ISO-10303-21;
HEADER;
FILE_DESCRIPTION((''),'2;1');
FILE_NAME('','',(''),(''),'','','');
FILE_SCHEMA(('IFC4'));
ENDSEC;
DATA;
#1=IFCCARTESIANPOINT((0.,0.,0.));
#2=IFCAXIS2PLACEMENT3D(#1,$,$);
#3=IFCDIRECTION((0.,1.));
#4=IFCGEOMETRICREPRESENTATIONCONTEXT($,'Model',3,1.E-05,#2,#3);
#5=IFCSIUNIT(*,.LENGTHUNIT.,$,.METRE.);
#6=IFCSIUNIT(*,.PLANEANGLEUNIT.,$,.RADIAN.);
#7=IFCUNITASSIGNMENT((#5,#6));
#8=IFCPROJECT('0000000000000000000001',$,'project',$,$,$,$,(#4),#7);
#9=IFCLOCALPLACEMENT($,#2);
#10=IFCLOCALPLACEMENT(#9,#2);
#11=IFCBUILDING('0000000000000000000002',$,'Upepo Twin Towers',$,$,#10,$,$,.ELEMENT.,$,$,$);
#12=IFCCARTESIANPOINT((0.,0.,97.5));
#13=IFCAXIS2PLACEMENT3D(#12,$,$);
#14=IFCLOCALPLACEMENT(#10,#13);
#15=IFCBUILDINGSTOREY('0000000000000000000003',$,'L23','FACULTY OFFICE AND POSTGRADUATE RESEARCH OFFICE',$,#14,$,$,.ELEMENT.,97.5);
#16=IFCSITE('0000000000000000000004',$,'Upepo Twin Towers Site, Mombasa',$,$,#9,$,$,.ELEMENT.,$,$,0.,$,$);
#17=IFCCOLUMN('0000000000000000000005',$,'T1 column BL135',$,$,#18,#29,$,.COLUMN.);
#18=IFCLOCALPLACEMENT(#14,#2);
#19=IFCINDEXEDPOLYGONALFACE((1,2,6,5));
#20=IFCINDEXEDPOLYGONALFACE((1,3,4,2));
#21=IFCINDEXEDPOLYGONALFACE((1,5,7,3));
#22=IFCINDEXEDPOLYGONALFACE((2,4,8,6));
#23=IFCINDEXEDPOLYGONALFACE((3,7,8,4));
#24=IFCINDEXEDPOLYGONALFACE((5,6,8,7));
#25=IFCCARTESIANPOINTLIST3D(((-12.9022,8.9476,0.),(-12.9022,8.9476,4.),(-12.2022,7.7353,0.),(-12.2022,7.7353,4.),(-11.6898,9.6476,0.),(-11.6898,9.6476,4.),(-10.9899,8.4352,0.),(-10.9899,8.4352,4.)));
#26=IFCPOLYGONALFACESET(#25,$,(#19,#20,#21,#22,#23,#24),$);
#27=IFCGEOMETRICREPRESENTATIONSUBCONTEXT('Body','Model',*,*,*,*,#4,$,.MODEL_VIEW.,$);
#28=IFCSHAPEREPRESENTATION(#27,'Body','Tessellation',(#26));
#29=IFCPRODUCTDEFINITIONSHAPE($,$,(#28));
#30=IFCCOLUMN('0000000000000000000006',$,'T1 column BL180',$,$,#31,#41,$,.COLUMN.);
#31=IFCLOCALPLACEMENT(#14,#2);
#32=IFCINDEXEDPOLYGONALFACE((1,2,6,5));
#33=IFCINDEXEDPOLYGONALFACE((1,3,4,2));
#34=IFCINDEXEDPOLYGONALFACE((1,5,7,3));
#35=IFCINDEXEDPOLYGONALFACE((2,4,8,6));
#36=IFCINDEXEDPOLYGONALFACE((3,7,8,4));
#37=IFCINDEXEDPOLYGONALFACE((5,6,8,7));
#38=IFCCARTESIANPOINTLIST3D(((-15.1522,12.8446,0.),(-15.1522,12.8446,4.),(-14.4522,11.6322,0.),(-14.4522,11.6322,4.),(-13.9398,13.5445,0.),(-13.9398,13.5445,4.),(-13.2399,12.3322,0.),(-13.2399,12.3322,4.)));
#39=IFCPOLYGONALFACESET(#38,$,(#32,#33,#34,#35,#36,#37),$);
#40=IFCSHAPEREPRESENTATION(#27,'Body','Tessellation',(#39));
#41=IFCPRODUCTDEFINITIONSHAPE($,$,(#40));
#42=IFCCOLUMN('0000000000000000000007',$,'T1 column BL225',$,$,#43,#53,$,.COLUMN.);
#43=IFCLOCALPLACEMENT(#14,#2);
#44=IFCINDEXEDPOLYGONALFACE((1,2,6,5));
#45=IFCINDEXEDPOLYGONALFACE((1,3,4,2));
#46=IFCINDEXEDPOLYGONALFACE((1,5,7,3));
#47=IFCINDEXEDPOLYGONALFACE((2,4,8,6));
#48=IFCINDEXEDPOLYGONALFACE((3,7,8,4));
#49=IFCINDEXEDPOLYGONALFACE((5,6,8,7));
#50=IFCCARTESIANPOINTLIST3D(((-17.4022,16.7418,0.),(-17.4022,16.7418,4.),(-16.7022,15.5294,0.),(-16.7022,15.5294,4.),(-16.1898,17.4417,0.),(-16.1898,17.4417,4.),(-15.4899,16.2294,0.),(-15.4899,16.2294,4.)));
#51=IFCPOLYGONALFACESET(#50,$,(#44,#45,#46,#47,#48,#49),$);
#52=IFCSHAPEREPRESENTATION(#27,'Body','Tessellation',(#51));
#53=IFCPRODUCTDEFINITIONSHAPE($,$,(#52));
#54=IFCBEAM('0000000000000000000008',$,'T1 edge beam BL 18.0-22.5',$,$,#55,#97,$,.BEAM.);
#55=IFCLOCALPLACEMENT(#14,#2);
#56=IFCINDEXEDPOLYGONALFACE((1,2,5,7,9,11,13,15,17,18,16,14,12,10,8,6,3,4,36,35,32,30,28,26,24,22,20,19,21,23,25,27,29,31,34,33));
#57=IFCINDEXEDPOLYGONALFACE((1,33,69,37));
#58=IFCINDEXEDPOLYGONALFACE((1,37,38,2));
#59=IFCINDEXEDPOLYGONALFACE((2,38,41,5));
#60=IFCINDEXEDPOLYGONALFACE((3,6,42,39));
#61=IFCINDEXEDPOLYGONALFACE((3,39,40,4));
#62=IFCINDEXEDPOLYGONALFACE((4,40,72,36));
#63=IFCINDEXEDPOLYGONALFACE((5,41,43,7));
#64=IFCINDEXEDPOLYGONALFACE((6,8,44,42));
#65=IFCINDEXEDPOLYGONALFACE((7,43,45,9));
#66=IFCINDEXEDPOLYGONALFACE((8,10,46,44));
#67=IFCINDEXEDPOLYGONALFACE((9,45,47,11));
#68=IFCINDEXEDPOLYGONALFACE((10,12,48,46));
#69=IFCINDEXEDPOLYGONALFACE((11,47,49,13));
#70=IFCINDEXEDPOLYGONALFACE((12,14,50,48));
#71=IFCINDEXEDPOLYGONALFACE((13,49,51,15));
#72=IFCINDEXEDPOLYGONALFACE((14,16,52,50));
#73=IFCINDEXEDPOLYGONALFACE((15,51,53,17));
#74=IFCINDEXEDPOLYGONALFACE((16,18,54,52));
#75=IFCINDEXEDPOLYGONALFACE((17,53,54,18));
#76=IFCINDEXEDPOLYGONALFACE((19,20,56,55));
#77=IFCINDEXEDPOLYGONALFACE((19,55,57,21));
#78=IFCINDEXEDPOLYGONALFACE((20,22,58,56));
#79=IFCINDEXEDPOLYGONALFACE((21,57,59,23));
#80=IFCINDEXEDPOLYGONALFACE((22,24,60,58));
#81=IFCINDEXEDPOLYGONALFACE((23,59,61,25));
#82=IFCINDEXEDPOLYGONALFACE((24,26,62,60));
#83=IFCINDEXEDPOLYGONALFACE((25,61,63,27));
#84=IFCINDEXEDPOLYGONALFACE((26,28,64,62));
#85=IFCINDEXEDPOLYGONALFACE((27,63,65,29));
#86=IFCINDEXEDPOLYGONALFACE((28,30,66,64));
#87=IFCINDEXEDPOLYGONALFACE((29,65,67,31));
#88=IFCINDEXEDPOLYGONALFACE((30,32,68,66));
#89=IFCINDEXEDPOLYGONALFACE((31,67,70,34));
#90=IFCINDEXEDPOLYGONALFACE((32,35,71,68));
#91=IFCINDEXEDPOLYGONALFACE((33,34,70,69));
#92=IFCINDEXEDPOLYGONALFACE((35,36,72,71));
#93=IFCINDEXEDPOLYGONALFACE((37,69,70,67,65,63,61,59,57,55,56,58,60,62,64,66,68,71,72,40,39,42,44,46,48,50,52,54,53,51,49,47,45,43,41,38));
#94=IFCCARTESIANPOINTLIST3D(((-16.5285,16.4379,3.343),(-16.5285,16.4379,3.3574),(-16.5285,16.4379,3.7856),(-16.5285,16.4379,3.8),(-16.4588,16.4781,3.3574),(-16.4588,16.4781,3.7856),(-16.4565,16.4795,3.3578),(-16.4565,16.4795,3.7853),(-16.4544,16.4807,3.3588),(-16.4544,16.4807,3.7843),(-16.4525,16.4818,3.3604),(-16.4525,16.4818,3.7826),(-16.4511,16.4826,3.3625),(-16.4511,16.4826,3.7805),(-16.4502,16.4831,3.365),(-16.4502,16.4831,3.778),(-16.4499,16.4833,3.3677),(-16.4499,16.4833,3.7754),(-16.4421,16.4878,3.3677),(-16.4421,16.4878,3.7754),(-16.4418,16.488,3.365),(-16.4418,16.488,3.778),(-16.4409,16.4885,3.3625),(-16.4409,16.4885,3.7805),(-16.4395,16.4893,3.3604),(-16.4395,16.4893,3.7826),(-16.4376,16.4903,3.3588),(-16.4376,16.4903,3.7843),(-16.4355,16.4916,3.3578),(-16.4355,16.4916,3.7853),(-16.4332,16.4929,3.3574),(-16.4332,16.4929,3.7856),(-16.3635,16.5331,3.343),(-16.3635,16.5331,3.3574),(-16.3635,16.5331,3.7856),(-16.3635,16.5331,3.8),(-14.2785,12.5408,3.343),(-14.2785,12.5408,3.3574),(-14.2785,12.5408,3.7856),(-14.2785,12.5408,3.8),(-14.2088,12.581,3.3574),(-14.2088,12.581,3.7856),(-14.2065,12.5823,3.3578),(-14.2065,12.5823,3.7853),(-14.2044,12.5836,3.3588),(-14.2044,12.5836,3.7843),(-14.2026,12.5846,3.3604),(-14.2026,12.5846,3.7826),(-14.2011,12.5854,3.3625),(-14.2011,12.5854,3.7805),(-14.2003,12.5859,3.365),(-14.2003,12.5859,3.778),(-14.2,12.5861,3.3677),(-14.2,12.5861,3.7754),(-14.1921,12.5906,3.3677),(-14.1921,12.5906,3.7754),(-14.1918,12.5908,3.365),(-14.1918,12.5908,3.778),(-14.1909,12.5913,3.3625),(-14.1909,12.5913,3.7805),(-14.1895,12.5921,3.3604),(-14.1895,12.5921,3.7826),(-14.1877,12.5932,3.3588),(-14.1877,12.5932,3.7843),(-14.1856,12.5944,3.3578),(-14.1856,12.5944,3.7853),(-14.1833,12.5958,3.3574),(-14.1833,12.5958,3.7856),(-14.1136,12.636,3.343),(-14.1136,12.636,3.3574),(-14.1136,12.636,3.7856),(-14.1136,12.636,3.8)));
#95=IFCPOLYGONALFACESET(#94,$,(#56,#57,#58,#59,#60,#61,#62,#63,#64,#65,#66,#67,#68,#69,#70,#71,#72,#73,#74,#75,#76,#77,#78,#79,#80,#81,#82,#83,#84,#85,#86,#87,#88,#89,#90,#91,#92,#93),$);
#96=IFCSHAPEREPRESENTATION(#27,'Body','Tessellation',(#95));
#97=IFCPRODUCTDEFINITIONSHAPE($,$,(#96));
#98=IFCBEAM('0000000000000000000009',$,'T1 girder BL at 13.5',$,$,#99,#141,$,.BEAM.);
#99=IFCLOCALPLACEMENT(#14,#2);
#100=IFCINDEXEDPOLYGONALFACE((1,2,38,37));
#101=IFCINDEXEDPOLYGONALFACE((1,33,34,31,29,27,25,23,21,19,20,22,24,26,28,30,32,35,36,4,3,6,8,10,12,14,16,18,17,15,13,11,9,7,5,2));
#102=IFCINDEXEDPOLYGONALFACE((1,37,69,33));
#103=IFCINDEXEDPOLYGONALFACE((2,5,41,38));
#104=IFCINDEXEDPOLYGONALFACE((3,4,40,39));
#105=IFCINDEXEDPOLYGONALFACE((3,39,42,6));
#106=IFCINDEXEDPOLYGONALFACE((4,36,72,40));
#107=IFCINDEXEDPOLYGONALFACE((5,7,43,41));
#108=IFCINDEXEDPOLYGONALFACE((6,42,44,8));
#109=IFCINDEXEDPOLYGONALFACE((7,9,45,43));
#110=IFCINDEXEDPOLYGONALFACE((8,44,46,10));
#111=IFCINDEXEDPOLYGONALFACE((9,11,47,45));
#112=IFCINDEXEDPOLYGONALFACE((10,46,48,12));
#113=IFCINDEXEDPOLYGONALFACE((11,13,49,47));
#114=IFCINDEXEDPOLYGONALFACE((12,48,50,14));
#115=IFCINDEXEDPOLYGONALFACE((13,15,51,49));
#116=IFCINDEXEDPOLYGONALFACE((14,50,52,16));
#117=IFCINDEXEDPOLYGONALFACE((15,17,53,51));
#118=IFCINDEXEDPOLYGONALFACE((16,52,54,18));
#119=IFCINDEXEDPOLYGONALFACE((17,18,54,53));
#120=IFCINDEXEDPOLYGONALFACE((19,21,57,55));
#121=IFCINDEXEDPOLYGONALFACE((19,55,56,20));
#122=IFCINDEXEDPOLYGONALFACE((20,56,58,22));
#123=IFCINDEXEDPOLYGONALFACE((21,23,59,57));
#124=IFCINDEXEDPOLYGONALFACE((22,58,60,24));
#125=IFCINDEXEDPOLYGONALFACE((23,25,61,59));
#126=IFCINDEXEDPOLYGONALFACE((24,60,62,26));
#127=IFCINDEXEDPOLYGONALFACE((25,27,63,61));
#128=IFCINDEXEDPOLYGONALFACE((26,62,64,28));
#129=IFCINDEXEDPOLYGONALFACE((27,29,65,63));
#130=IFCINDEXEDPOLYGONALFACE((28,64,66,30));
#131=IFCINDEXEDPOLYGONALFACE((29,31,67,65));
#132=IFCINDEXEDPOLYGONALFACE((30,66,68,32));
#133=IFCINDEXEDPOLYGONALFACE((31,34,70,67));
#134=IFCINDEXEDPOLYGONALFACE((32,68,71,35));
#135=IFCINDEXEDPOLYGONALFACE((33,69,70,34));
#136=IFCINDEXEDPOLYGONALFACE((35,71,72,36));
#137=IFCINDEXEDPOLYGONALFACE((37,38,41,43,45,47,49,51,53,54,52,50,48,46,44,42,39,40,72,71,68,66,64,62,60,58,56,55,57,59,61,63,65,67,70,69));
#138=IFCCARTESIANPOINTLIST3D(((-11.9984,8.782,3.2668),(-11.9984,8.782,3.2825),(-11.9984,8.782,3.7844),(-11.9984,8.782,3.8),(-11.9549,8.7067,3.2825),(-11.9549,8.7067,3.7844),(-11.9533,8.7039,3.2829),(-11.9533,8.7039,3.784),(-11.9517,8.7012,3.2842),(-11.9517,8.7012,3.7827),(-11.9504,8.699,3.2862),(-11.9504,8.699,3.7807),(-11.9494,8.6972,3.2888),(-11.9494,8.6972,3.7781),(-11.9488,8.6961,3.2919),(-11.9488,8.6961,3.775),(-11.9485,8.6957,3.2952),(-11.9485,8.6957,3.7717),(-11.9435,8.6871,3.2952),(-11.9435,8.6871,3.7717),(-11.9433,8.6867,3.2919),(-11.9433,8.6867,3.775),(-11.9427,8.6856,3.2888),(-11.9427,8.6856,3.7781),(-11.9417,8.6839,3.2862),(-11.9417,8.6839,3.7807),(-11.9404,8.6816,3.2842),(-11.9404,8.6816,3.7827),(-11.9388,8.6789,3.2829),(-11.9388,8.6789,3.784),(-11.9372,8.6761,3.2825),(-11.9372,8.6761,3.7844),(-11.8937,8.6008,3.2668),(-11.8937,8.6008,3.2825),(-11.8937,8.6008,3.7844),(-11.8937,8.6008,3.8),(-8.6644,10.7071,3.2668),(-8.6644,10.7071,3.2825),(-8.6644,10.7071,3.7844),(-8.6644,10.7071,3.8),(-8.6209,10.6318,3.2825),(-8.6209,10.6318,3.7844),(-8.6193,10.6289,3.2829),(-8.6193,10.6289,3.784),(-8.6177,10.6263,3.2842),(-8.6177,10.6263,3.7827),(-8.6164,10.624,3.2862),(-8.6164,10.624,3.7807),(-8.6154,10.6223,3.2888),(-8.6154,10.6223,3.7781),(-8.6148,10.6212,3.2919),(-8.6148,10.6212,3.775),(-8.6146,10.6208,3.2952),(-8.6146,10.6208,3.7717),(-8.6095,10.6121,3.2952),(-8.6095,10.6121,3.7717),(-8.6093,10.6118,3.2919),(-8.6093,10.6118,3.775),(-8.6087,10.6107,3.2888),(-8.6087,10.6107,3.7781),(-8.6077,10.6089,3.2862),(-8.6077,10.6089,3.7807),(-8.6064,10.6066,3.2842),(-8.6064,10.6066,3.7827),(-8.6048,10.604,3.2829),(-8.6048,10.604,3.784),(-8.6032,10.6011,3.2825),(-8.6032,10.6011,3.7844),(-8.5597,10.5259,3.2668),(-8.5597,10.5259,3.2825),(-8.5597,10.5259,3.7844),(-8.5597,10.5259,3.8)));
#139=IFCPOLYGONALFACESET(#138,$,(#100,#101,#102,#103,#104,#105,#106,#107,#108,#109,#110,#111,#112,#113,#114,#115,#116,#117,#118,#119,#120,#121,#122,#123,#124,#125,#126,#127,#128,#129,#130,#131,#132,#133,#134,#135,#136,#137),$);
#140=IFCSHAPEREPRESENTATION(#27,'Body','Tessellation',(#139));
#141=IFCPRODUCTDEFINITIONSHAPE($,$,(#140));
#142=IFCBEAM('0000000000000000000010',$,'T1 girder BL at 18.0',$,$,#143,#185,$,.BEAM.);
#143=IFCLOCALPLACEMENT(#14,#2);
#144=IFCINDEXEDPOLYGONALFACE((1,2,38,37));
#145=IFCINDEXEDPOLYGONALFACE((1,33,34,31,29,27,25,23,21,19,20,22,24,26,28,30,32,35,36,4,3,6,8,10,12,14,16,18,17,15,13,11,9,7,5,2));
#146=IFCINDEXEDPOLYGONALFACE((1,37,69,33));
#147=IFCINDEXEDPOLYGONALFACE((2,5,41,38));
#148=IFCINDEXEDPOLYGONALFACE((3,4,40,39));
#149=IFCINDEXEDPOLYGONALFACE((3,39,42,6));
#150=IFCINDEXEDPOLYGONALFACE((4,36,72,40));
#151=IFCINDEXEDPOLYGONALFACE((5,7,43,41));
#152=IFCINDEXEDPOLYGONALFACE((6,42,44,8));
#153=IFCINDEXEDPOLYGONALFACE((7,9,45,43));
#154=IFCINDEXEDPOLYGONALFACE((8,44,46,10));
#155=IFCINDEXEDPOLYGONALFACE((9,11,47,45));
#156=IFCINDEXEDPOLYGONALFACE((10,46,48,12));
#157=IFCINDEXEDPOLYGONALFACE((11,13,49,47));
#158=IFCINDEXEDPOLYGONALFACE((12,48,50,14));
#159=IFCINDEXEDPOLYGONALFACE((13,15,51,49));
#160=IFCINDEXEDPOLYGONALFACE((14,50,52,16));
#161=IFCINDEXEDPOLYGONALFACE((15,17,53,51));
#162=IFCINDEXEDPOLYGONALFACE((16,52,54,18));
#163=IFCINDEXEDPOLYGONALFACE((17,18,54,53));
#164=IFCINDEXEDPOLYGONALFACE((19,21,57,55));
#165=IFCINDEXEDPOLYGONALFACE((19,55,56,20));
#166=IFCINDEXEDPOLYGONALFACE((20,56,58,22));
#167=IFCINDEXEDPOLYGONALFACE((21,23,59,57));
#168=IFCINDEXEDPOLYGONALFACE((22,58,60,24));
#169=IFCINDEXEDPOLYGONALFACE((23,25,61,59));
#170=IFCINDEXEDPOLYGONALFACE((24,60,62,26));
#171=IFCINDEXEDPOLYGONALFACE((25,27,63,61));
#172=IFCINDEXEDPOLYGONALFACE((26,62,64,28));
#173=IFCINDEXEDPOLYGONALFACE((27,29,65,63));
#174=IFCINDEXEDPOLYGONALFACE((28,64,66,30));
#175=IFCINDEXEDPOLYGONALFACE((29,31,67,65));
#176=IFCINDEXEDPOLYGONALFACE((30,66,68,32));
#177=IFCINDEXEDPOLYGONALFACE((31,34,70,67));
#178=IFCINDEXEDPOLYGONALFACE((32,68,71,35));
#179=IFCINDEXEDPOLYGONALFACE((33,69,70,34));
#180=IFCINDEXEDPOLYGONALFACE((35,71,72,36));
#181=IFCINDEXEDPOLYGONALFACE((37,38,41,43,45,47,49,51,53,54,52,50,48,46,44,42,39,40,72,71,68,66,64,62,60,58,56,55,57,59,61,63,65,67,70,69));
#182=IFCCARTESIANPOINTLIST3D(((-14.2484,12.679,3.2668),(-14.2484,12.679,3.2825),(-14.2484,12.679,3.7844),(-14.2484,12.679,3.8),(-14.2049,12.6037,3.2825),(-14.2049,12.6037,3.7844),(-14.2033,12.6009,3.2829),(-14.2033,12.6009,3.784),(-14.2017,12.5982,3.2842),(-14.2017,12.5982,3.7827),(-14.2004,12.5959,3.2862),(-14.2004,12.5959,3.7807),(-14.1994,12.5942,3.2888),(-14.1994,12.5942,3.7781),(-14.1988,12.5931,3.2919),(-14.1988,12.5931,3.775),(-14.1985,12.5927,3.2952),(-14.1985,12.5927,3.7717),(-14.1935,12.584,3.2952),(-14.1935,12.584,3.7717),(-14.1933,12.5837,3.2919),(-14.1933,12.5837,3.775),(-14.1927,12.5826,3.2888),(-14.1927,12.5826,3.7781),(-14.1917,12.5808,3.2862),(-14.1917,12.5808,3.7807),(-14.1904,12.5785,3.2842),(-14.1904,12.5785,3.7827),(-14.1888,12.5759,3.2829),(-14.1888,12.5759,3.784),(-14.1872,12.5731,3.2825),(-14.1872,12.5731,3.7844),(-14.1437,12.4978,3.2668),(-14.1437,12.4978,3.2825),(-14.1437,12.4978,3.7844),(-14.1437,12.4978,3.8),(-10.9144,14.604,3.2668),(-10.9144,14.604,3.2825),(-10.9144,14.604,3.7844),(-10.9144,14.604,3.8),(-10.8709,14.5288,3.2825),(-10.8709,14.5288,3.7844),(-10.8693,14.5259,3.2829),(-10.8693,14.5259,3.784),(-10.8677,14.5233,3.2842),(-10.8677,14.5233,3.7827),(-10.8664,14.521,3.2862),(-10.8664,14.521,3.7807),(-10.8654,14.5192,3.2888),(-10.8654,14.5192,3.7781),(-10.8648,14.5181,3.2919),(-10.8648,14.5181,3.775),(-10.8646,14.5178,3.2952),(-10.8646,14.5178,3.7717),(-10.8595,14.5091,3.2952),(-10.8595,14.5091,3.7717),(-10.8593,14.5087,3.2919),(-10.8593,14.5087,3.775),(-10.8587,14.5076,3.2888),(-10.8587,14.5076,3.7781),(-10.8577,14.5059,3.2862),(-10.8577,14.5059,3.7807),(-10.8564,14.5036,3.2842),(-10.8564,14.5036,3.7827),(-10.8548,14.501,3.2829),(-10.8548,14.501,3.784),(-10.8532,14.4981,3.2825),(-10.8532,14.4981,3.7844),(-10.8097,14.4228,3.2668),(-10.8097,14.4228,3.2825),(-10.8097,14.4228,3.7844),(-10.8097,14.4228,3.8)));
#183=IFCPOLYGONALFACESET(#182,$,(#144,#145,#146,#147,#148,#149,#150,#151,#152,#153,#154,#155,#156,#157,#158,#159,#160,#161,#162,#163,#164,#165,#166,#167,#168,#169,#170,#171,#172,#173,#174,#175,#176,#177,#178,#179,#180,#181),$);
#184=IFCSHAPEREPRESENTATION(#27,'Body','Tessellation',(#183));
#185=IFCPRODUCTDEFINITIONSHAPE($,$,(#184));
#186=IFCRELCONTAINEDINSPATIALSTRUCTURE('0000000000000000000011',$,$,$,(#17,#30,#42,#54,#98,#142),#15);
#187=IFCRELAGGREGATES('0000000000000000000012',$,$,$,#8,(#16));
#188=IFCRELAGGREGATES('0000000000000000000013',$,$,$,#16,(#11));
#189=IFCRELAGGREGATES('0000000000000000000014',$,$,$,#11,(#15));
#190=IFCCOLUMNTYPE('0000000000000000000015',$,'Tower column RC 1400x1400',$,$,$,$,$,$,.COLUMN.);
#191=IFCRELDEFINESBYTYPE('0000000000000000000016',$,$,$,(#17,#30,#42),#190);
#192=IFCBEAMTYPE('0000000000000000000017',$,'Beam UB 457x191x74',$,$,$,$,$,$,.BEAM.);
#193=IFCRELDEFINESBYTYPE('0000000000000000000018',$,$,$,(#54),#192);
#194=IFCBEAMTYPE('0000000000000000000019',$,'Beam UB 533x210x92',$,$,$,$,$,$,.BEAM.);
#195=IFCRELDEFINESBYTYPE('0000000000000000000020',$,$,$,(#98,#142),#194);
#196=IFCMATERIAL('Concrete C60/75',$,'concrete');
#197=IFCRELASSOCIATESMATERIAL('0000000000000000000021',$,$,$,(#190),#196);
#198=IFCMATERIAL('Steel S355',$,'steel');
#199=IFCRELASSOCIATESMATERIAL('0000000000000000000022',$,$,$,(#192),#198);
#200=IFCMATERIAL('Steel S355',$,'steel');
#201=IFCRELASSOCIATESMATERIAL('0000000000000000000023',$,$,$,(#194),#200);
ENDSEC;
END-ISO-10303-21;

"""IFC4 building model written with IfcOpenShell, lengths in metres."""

from ifc_helpers import new_model, si_unit, direction, frame, origin, origin_2d, place, context, subcontext, project, spatial, rectangle, i_section, extrude, material, material_profile, profile_set, type_object, element, save


model = new_model("IFC4")

# Units and contexts
model_context = context("Model", 3, precision=1e-05, world=origin(), true_north=direction((0.0, 1.0)))
body_context = subcontext(model_context, "Body", "Model", "MODEL_VIEW")
ifc_project = project(units=[si_unit("LENGTHUNIT", "METRE"), si_unit("PLANEANGLEUNIT", "RADIAN")], contexts=[model_context])

# Site, building, storey
site_placement = place(None, origin())
site = spatial("IfcSite", under=ifc_project, at=site_placement, Name="Upepo Twin Towers Site, Mombasa", CompositionType="ELEMENT", RefElevation=0.0)
building_placement = place(site_placement, origin())
building = spatial("IfcBuilding", under=site, at=building_placement, Name="Upepo Twin Towers", CompositionType="ELEMENT")
storey_placement = place(building_placement, frame((0.0, 0.0, 97.5)))
storey = spatial("IfcBuildingStorey", under=building, at=storey_placement, Name="L23", Description="FACULTY OFFICE AND POSTGRADUATE RESEARCH OFFICE", CompositionType="ELEMENT", Elevation=97.5)

# Columns
ifc_material_1 = material(Name="Concrete C60/75", Category="concrete")
ifc_material_profile_1 = material_profile(ifc_material_1, rectangle(XDim=1.3999, YDim=1.3999, at=origin_2d()), Name="RC 1400x1400")
ifc_profile_set_1 = profile_set([ifc_material_profile_1], Name="Concrete C60/75")
column_type = type_object("IfcColumnType", Name="Tower column RC 1400x1400", PredefinedType="COLUMN", material=ifc_profile_set_1)
for number, where, z_axis, x_axis, name in (
    (1, (-11.946, 8.6914, 0.0), (0.0, 0.0, 1.0), (0.866025, 0.5, 0.0), "T1 column BL135"),
    (2, (-14.196, 12.5884, 0.0), (0.0, 0.0, 1.0), (0.866025, 0.5, 0.0), "T1 column BL180"),
    (3, (-16.446, 16.4856, 0.0), (0.0, 0.0, 1.0), (0.866025, 0.5, 0.0), "T1 column BL225"),
):
    element("IfcColumn", number, at=place(storey_placement, frame(where, z_axis=z_axis, x_axis=x_axis)), inside=storey, type_object=column_type, Name=name, PredefinedType="COLUMN", context=body_context, shape_type="SweptSolid", body=[
        extrude(rectangle(XDim=1.3999, YDim=1.3999, at=origin_2d()), origin(), (0.0, 0.0, 1.0), 4.0),
    ])

# Beams
ifc_material_2 = material(Name="Steel S355", Category="steel")
ifc_material_profile_2 = material_profile(ifc_material_2, i_section(OverallWidth=0.1904, OverallDepth=0.457, WebThickness=0.009, FlangeThickness=0.0144, FilletRadius=0.0103, at=origin_2d()), Name="UB 457x191x74")
ifc_profile_set_2 = profile_set([ifc_material_profile_2], Name="Steel S355")
beam_type_1 = type_object("IfcBeamType", Name="Beam UB 457x191x74", PredefinedType="BEAM", material=ifc_profile_set_2)
beam_placement = place(storey_placement, frame((-14.196, 12.5884, 3.5715), z_axis=(-0.49999, 0.866031, 0.0), x_axis=(-0.866031, -0.49999, 0.0)))
element("IfcBeam", 4, at=beam_placement, inside=storey, type_object=beam_type_1, Name="T1 edge beam BL 18.0-22.5", PredefinedType="BEAM", context=body_context, shape_type="SweptSolid", body=[
    extrude(i_section(OverallWidth=0.1904, OverallDepth=0.457, WebThickness=0.009, FlangeThickness=0.0144, FilletRadius=0.0103, at=origin_2d()), origin(), (0.0, 0.0, 1.0), 4.5),
])
ifc_material_3 = material(Name="Steel S355", Category="steel")
ifc_material_profile_3 = material_profile(ifc_material_3, i_section(OverallWidth=0.2092, OverallDepth=0.5332, WebThickness=0.01, FlangeThickness=0.0156, FilletRadius=0.0127, at=origin_2d()), Name="UB 533x210x92")
ifc_profile_set_3 = profile_set([ifc_material_profile_3], Name="Steel S355")
beam_type_2 = type_object("IfcBeamType", Name="Beam UB 533x210x92", PredefinedType="BEAM", material=ifc_profile_set_3)
for number, where, z_axis, x_axis, name in (
    (5, (-11.946, 8.6914, 3.5334), (0.866006, 0.500034, 0.0), (-0.500034, 0.866006, 0.0), "T1 girder BL at 13.5"),
    (6, (-14.196, 12.5884, 3.5334), (0.866006, 0.500034, 0.0), (-0.500034, 0.866006, 0.0), "T1 girder BL at 18.0"),
):
    element("IfcBeam", number, at=place(storey_placement, frame(where, z_axis=z_axis, x_axis=x_axis)), inside=storey, type_object=beam_type_2, Name=name, PredefinedType="BEAM", context=body_context, shape_type="SweptSolid", body=[
        extrude(i_section(OverallWidth=0.2092, OverallDepth=0.5332, WebThickness=0.01, FlangeThickness=0.0156, FilletRadius=0.0127, at=origin_2d()), origin(), (0.0, 0.0, 1.0), 3.8499),
    ])

save(model, "model.ifc")
